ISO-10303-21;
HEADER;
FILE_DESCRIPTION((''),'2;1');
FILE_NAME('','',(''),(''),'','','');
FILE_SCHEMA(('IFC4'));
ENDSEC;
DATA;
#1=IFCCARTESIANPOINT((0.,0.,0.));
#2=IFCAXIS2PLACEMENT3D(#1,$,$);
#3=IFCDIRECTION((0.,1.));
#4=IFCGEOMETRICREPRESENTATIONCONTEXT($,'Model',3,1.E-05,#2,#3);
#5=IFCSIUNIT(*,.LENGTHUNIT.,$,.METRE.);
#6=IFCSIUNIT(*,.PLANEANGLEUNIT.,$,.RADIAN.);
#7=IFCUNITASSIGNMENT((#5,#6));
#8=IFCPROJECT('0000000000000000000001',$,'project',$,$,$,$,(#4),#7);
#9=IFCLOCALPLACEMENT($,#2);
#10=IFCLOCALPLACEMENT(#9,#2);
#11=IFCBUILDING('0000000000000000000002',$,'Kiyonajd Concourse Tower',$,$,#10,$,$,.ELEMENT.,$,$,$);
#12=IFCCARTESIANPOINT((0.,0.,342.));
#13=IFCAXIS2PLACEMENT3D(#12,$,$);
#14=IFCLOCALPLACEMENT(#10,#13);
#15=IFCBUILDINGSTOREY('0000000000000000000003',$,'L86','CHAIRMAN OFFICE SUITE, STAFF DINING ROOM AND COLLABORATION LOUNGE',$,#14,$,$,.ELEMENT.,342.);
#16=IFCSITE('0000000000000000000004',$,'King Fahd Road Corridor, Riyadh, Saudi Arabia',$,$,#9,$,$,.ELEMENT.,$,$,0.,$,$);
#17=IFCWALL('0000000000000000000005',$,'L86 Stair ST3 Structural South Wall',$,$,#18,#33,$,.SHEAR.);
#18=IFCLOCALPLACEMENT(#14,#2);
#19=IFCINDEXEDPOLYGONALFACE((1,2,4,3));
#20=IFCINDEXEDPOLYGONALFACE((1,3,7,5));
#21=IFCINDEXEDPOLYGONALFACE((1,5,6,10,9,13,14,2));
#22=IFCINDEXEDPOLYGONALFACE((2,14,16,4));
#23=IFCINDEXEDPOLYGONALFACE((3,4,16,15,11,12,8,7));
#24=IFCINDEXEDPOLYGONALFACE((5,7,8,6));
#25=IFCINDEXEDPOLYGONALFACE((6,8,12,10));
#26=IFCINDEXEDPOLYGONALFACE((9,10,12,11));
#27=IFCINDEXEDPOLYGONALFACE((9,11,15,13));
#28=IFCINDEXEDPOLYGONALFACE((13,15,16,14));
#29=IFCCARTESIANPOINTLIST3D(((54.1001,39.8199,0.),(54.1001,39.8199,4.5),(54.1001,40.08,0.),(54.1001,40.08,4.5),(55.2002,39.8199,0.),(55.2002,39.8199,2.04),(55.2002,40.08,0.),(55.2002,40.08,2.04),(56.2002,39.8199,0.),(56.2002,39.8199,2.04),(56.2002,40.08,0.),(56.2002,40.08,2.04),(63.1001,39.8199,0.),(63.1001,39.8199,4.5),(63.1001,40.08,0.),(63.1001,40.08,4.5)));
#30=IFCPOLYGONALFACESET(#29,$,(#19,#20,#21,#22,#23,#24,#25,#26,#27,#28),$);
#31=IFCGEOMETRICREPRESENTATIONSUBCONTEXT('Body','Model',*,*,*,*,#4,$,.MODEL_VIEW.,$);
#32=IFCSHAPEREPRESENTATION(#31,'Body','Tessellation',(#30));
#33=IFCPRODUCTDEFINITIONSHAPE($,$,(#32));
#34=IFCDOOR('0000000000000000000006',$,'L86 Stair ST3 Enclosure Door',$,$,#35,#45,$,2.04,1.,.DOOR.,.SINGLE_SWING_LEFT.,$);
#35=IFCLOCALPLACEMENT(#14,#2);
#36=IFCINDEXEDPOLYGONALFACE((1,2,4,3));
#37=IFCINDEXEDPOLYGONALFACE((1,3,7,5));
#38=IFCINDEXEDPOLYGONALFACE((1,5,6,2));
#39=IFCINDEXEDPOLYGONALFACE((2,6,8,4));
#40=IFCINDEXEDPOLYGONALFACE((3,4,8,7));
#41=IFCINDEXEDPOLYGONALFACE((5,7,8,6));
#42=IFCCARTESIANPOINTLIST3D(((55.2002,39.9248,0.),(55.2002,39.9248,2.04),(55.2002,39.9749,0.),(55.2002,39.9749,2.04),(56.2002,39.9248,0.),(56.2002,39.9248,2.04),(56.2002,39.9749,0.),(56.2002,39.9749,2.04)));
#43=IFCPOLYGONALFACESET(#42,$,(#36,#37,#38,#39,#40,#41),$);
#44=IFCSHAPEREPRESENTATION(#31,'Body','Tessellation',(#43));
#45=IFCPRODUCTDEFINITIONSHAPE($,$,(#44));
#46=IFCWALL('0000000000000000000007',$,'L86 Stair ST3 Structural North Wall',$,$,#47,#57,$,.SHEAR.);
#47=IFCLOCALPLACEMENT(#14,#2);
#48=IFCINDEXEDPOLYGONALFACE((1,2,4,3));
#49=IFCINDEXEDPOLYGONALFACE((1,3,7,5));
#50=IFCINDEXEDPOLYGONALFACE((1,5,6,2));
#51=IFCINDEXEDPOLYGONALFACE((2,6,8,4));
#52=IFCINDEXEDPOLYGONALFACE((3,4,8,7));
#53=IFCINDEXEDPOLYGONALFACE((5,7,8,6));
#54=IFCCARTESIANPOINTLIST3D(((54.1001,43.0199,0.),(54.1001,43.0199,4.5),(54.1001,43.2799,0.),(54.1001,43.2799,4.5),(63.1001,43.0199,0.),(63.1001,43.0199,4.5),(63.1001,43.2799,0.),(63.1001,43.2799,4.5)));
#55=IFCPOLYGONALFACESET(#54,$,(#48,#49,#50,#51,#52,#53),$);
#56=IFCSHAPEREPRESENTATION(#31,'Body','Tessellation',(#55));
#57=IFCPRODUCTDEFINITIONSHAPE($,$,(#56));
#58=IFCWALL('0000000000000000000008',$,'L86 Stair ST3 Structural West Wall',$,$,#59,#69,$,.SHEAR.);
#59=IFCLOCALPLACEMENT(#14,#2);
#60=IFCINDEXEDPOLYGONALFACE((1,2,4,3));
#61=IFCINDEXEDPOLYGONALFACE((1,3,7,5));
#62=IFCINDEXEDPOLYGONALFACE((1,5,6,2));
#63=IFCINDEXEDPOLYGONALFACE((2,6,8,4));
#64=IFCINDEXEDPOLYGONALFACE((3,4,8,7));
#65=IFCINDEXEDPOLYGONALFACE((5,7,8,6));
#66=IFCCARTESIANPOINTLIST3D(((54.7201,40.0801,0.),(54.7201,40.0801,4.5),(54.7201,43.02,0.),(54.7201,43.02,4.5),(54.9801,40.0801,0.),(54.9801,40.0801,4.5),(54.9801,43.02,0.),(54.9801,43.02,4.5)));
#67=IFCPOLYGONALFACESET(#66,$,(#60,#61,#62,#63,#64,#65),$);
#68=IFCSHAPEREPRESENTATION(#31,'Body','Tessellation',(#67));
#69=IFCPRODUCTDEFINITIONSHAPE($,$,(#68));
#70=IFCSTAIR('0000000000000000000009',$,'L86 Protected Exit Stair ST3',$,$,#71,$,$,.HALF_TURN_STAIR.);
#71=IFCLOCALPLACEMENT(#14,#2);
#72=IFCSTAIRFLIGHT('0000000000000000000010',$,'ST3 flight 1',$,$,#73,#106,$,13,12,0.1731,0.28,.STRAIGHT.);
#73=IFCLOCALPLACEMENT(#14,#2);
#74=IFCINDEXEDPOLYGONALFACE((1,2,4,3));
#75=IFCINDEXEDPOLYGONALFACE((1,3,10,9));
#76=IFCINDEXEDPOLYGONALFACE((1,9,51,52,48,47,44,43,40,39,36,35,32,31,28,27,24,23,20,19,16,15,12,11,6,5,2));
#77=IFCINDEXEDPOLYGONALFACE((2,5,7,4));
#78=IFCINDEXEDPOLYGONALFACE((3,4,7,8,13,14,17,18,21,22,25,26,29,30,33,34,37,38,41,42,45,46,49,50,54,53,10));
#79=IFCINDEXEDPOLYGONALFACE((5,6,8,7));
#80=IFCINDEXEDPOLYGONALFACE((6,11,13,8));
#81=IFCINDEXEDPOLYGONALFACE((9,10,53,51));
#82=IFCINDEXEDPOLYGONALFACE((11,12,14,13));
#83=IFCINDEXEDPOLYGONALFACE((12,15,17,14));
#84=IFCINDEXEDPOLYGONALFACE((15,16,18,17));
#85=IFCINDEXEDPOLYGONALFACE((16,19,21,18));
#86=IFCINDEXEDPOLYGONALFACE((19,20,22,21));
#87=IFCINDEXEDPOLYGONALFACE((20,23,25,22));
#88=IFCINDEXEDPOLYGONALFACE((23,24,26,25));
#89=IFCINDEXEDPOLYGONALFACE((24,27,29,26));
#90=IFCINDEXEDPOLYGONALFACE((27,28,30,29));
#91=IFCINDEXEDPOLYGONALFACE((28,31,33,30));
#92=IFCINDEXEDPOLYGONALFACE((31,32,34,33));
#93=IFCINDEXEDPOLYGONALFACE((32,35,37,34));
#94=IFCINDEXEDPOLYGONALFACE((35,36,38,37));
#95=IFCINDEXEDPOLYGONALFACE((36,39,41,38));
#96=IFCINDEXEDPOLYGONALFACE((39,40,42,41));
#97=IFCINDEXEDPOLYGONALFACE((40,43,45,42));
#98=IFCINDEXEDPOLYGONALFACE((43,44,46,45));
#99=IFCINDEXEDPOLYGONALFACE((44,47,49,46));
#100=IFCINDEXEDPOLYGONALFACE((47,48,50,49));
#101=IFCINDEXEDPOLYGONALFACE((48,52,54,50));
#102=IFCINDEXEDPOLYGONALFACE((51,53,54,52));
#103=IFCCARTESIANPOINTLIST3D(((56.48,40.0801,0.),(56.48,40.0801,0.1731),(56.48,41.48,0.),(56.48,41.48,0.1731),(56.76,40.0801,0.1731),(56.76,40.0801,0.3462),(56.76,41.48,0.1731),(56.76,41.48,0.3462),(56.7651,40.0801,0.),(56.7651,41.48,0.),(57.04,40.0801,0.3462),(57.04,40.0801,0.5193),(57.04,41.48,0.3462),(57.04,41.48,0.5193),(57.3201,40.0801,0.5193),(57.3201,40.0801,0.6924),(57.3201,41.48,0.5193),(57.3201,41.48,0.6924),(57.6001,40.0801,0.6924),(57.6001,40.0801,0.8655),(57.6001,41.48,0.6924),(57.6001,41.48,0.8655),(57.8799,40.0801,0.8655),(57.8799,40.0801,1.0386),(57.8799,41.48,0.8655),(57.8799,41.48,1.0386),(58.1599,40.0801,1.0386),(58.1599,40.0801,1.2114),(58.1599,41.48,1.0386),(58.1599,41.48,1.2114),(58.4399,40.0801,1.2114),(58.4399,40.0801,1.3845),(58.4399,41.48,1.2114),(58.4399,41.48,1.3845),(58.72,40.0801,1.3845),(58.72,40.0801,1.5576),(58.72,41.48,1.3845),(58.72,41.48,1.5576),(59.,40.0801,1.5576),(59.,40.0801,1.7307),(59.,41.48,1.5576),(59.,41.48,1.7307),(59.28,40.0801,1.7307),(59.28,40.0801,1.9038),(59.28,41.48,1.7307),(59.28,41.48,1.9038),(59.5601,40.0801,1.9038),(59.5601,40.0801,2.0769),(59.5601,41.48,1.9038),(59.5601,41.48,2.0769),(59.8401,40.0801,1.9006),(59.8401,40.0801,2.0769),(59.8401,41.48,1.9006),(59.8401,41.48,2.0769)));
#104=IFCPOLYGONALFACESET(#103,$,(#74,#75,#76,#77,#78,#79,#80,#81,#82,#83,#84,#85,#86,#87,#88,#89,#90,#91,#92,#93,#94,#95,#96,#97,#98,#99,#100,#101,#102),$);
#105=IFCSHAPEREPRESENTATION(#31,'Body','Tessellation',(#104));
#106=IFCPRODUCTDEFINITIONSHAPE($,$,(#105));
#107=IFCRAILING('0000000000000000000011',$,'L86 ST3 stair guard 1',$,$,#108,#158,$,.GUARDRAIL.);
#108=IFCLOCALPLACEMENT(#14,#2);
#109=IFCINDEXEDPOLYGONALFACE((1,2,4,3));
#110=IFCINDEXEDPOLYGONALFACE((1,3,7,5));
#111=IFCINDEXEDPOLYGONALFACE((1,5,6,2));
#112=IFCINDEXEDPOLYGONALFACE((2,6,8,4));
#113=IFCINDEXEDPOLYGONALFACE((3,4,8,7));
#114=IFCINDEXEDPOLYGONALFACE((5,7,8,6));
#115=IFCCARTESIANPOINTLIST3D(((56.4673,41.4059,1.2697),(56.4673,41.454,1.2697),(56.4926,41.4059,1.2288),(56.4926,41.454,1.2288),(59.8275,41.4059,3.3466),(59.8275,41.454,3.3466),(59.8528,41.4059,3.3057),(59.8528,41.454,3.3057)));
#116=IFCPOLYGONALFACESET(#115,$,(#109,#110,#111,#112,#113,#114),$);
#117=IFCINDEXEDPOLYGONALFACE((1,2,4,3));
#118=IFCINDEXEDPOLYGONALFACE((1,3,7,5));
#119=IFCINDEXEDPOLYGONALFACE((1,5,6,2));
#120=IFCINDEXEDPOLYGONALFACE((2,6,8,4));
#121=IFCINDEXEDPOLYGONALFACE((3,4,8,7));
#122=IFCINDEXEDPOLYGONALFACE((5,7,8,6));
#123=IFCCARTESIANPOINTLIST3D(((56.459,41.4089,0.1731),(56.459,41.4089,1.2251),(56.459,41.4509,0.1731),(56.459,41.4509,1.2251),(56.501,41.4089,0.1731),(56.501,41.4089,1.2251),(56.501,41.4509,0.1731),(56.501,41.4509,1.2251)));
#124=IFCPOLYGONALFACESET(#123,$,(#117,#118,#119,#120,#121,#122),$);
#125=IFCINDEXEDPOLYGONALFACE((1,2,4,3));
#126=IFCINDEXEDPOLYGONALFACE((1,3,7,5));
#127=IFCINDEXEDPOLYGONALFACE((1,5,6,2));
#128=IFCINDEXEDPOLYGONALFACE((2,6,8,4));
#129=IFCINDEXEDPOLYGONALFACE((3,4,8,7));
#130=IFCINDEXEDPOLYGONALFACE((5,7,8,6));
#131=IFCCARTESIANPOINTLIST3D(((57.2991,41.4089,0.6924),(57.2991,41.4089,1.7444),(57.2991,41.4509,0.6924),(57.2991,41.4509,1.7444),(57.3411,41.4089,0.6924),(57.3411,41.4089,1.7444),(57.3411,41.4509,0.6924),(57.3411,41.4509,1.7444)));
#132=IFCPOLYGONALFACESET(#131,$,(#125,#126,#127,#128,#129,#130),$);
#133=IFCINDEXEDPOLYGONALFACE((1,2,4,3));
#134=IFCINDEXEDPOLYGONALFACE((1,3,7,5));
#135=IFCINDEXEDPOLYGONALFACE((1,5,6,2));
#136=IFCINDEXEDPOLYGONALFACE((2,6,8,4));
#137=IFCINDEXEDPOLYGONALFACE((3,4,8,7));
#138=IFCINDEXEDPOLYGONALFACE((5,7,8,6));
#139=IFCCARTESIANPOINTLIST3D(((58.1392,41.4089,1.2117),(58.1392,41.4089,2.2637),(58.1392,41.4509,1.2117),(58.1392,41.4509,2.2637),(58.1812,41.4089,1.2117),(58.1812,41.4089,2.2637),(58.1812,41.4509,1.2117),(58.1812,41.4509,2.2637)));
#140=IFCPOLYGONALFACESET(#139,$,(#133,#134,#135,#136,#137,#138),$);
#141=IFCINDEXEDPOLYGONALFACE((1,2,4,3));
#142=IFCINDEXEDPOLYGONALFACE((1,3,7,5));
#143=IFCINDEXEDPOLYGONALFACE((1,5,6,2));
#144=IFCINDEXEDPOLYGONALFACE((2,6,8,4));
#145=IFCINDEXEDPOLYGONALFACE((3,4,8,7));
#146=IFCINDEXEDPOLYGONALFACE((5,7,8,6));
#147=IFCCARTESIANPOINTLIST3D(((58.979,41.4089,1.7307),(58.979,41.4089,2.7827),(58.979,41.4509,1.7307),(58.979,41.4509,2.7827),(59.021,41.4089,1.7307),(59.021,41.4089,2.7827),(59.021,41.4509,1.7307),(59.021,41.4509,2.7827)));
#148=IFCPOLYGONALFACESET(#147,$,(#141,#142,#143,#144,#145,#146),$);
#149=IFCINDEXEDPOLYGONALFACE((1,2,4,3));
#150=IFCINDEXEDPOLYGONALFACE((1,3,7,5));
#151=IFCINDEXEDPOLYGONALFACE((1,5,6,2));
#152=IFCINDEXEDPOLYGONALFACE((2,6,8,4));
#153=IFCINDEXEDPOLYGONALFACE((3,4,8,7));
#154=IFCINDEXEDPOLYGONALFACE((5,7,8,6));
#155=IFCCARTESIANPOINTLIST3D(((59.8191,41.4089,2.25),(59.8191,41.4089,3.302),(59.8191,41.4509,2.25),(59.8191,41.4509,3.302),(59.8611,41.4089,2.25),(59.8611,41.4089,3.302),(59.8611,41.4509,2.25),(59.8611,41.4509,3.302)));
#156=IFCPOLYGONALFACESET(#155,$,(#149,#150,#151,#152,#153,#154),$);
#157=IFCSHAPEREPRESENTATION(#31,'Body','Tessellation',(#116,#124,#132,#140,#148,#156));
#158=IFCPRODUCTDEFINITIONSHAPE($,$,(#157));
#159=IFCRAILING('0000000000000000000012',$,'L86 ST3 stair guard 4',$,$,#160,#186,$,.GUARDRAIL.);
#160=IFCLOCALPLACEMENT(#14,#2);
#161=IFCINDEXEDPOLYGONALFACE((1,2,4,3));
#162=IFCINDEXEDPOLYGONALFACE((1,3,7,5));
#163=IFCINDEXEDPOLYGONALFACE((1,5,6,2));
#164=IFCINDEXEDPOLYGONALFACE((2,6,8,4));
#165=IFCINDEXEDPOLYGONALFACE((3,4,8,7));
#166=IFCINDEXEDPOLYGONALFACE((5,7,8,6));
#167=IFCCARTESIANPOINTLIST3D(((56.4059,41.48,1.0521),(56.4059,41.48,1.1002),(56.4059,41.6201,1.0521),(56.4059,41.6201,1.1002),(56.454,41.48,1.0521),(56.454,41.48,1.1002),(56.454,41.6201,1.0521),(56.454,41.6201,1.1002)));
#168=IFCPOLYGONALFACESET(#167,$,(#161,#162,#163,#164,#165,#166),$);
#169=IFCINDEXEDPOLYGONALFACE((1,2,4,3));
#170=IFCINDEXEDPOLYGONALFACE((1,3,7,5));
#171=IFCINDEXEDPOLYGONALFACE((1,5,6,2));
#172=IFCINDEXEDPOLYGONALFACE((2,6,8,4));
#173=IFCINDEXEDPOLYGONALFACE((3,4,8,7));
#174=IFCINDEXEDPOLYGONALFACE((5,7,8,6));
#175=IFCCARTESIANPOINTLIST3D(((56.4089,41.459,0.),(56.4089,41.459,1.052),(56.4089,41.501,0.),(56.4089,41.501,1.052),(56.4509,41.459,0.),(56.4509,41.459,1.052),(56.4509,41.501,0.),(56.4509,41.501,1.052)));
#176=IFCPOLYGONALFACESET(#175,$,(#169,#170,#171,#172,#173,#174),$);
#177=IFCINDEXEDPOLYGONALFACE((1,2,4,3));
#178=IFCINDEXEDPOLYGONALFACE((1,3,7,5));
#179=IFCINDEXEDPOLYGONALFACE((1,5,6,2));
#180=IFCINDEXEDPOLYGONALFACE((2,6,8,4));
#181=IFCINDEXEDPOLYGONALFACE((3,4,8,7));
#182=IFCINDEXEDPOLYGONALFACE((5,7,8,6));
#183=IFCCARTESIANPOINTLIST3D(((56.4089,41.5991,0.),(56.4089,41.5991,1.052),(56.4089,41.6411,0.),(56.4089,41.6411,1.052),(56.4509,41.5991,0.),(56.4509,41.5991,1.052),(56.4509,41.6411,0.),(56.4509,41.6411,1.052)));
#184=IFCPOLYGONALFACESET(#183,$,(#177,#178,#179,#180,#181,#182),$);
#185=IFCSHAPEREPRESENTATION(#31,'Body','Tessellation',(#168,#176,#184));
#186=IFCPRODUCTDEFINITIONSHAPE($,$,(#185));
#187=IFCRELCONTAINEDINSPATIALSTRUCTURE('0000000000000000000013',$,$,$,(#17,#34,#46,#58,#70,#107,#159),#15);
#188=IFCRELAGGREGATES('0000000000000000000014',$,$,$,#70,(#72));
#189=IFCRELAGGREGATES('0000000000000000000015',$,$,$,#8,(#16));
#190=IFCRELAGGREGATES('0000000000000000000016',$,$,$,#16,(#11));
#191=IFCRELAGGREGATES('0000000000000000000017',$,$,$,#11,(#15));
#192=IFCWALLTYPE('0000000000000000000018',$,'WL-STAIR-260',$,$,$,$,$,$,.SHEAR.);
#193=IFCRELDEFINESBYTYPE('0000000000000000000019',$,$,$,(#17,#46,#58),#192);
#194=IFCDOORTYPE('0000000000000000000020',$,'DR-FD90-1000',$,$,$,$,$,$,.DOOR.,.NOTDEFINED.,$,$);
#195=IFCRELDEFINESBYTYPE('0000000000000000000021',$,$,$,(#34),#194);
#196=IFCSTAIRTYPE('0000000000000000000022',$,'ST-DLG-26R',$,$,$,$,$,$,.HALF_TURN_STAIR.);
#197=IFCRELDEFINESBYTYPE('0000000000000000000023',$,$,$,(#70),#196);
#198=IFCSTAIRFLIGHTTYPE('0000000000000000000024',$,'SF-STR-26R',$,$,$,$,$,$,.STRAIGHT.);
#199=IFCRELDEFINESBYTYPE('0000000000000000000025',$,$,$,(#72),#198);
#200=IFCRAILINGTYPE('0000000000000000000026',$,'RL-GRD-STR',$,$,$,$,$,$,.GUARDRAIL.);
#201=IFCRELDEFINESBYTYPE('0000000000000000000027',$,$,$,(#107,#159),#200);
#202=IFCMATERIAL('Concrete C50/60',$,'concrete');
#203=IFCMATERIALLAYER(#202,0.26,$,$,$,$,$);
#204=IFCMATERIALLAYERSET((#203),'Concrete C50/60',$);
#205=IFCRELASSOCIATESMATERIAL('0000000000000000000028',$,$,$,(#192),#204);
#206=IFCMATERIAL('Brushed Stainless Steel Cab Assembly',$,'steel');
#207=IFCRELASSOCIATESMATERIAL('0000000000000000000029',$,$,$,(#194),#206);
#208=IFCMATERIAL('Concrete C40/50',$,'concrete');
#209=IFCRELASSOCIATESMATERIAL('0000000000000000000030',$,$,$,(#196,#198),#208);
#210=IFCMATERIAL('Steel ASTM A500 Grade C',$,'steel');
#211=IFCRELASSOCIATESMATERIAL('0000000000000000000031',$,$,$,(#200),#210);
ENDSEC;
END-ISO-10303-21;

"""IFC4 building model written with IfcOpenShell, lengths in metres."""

from ifc_helpers import new_model, si_unit, direction, frame, frame_2d, origin, origin_2d, place, context, subcontext, project, spatial, polyline, rectangle, outline, extrude, material, layer, layer_set, type_object, element, fill, aggregate, save


model = new_model("IFC4")

# Units and contexts
model_context = context("Model", 3, precision=1e-05, world=origin(), true_north=direction((0.0, 1.0)))
body_context = subcontext(model_context, "Body", "Model", "MODEL_VIEW")
ifc_project = project(units=[si_unit("LENGTHUNIT", "METRE"), si_unit("PLANEANGLEUNIT", "RADIAN")], contexts=[model_context])

# Site, building, storey
site_placement = place(None, origin())
site = spatial("IfcSite", under=ifc_project, at=site_placement, Name="King Fahd Road Corridor, Riyadh, Saudi Arabia", CompositionType="ELEMENT", RefElevation=0.0)
building_placement = place(site_placement, origin())
building = spatial("IfcBuilding", under=site, at=building_placement, Name="Kiyonajd Concourse Tower", CompositionType="ELEMENT")
storey_placement = place(building_placement, frame((0.0, 0.0, 342.0)))
storey = spatial("IfcBuildingStorey", under=building, at=storey_placement, Name="L86", Description="CHAIRMAN OFFICE SUITE, STAFF DINING ROOM AND COLLABORATION LOUNGE", CompositionType="ELEMENT", Elevation=342.0)

# Shared definitions
ifc_material_1 = material(Name="Concrete C50/60", Category="concrete")

# Wall, opening, door
ifc_layer_1 = layer(ifc_material_1, 0.26)
ifc_layer_set_1 = layer_set([ifc_layer_1], Name="Concrete C50/60")
wall_type_1 = type_object("IfcWallType", Name="WL-STAIR-260", PredefinedType="SHEAR", material=ifc_layer_set_1)
wall_1_placement = place(storey_placement, frame((54.1001, 39.95, 0.0), z_axis=(0.0, 0.0, 1.0), x_axis=(1.0, 0.0, 0.0)))
wall_1 = element("IfcWall", 1, at=wall_1_placement, inside=storey, type_object=wall_type_1, Name="L86 Stair ST3 Structural South Wall", PredefinedType="SHEAR", context=body_context, shape_type="SweptSolid", body=[
    extrude(rectangle(XDim=9.0, YDim=0.26, at=frame_2d((4.5, 0.0))), origin(), (0.0, 0.0, 1.0), 4.5),
])
opening_1_placement = place(wall_1_placement, frame((1.1001, 0.0, 0.0)))
opening_1 = element("IfcOpeningElement", 2, at=opening_1_placement, cuts=wall_1, PredefinedType="OPENING", context=body_context, shape_type="SweptSolid", body=[
    extrude(rectangle(XDim=1.0, YDim=2.04, at=frame_2d((0.5, 1.02))), frame((0.0, 0.1399, 0.0), z_axis=(0.0, -1.0, 0.0), x_axis=(1.0, 0.0, 0.0)), (0.0, 0.0, 1.0), 0.28),
])
ifc_material_2 = material(Name="Brushed Stainless Steel Cab Assembly", Category="steel")
door_type_1 = type_object("IfcDoorType", Name="DR-FD90-1000", OperationType="NOTDEFINED", PredefinedType="DOOR", material=ifc_material_2)
door_1_placement = place(opening_1_placement, origin())
door_1 = element("IfcDoor", 3, at=door_1_placement, inside=storey, type_object=door_type_1, Name="L86 Stair ST3 Enclosure Door", OperationType="SINGLE_SWING_LEFT", OverallHeight=2.04, OverallWidth=1.0, PredefinedType="DOOR", context=body_context, shape_type="SweptSolid", body=[
    extrude(rectangle(XDim=1.0, YDim=2.04, at=frame_2d((0.5, 1.02))), frame((0.0, 0.0249, 0.0), z_axis=(0.0, -1.0, 0.0), x_axis=(1.0, 0.0, 0.0)), (0.0, 0.0, 1.0), 0.05),
])
fill(opening_1, door_1)

# Walls
wall_2_placement = place(storey_placement, frame((54.1001, 43.1499, 0.0), z_axis=(0.0, 0.0, 1.0), x_axis=(1.0, 0.0, 0.0)))
element("IfcWall", 4, at=wall_2_placement, inside=storey, type_object=wall_type_1, Name="L86 Stair ST3 Structural North Wall", PredefinedType="SHEAR", context=body_context, shape_type="SweptSolid", body=[
    extrude(rectangle(XDim=9.0, YDim=0.26, at=frame_2d((4.5, 0.0))), origin(), (0.0, 0.0, 1.0), 4.5),
])
wall_3_placement = place(storey_placement, frame((54.8501, 40.0801, 0.0), z_axis=(0.0, 0.0, 1.0), x_axis=(0.0, 1.0, 0.0)))
element("IfcWall", 5, at=wall_3_placement, inside=storey, type_object=wall_type_1, Name="L86 Stair ST3 Structural West Wall", PredefinedType="SHEAR", context=body_context, shape_type="SweptSolid", body=[
    extrude(rectangle(XDim=2.9399, YDim=0.26, at=frame_2d((1.47, 0.0))), origin(), (0.0, 0.0, 1.0), 4.5),
])

# Stair, stair flight
ifc_material_3 = material(Name="Concrete C40/50", Category="concrete")
stair_type = type_object("IfcStairType", Name="ST-DLG-26R", PredefinedType="HALF_TURN_STAIR", material=ifc_material_3)
stair_placement = place(storey_placement, origin())
stair = element("IfcStair", 6, at=stair_placement, inside=storey, type_object=stair_type, Name="L86 Protected Exit Stair ST3", PredefinedType="HALF_TURN_STAIR")
stair_flight_type = type_object("IfcStairFlightType", Name="SF-STR-26R", PredefinedType="STRAIGHT", material=ifc_material_3)
stair_flight_placement = place(storey_placement, frame((56.48, 40.78, 0.0), z_axis=(0.0, 0.0, 1.0), x_axis=(1.0, 0.0, 0.0)))
stair_flight = element("IfcStairFlight", 7, at=stair_flight_placement, type_object=stair_flight_type, Name="ST3 flight 1", NumberOfRisers=13, NumberOfTreads=12, PredefinedType="STRAIGHT", RiserHeight=0.1731, TreadLength=0.28, context=body_context, shape_type="SweptSolid", body=[
    extrude(outline(polyline([(0.0, 0.0), (0.0, 0.1731), (0.28, 0.1731), (0.28, 0.3462), (0.5601, 0.3462), (0.5601, 0.5193), (0.8401, 0.5193), (0.8401, 0.6924), (1.1201, 0.6924), (1.1201, 0.8655), (1.3999, 0.8655), (1.3999, 1.0386), (1.6799, 1.0386), (1.6799, 1.2114), (1.96, 1.2114), (1.96, 1.3845), (2.24, 1.3845), (2.24, 1.5576), (2.52, 1.5576), (2.52, 1.7307), (2.8, 1.7307), (2.8, 1.9038), (3.0801, 1.9038), (3.0801, 2.0769), (3.3601, 2.0769), (3.3601, 2.25), (3.3601, 1.9006), (0.2852, 0.0), (0.0, 0.0)])), frame((0.0, 0.7, 0.0), z_axis=(0.0, -1.0, 0.0), x_axis=(1.0, 0.0, 0.0)), (0.0, 0.0, 1.0), 1.3999),
])
aggregate(stair, [stair_flight])

# Railings
ifc_material_4 = material(Name="Steel ASTM A500 Grade C", Category="steel")
railing_type_1 = type_object("IfcRailingType", Name="RL-GRD-STR", PredefinedType="GUARDRAIL", material=ifc_material_4)
railing_1_placement = place(storey_placement, frame((56.48, 41.4299, 0.1731)))
element("IfcRailing", 8, at=railing_1_placement, inside=storey, type_object=railing_type_1, Name="L86 ST3 stair guard 1", PredefinedType="GUARDRAIL", context=body_context, shape_type="SweptSolid", body=[
    extrude(rectangle(XDim=0.0481, YDim=0.0481, at=origin_2d()), frame((0.0, 0.0, 1.0762), z_axis=(0.850623, 0.0, 0.525776), x_axis=(0.0, 1.0, 0.0)), (0.0, 0.0, 1.0), 3.9502),
    extrude(rectangle(XDim=0.042, YDim=0.042, at=origin_2d()), origin(), (0.0, 0.0, 1.0), 1.052),
    extrude(rectangle(XDim=0.042, YDim=0.042, at=origin_2d()), frame((0.8401, 0.0, 0.5193)), (0.0, 0.0, 1.0), 1.052),
    extrude(rectangle(XDim=0.042, YDim=0.042, at=origin_2d()), frame((1.6802, 0.0, 1.0386)), (0.0, 0.0, 1.0), 1.052),
    extrude(rectangle(XDim=0.042, YDim=0.042, at=origin_2d()), frame((2.52, 0.0, 1.5576)), (0.0, 0.0, 1.0), 1.052),
    extrude(rectangle(XDim=0.042, YDim=0.042, at=origin_2d()), frame((3.3601, 0.0, 2.0769)), (0.0, 0.0, 1.0), 1.052),
])
railing_2_placement = place(storey_placement, frame((56.4299, 41.48, 0.0)))
element("IfcRailing", 9, at=railing_2_placement, inside=storey, type_object=railing_type_1, Name="L86 ST3 stair guard 4", PredefinedType="GUARDRAIL", context=body_context, shape_type="SweptSolid", body=[
    extrude(rectangle(XDim=0.0481, YDim=0.0481, at=origin_2d()), frame((0.0, 0.0, 1.0762), z_axis=(0.0, 1.0, 0.0), x_axis=(-1.0, 0.0, 0.0)), (0.0, 0.0, 1.0), 0.1401),
    extrude(rectangle(XDim=0.042, YDim=0.042, at=origin_2d()), origin(), (0.0, 0.0, 1.0), 1.052),
    extrude(rectangle(XDim=0.042, YDim=0.042, at=origin_2d()), frame((0.0, 0.1401, 0.0)), (0.0, 0.0, 1.0), 1.052),
])

save(model, "model.ifc")
